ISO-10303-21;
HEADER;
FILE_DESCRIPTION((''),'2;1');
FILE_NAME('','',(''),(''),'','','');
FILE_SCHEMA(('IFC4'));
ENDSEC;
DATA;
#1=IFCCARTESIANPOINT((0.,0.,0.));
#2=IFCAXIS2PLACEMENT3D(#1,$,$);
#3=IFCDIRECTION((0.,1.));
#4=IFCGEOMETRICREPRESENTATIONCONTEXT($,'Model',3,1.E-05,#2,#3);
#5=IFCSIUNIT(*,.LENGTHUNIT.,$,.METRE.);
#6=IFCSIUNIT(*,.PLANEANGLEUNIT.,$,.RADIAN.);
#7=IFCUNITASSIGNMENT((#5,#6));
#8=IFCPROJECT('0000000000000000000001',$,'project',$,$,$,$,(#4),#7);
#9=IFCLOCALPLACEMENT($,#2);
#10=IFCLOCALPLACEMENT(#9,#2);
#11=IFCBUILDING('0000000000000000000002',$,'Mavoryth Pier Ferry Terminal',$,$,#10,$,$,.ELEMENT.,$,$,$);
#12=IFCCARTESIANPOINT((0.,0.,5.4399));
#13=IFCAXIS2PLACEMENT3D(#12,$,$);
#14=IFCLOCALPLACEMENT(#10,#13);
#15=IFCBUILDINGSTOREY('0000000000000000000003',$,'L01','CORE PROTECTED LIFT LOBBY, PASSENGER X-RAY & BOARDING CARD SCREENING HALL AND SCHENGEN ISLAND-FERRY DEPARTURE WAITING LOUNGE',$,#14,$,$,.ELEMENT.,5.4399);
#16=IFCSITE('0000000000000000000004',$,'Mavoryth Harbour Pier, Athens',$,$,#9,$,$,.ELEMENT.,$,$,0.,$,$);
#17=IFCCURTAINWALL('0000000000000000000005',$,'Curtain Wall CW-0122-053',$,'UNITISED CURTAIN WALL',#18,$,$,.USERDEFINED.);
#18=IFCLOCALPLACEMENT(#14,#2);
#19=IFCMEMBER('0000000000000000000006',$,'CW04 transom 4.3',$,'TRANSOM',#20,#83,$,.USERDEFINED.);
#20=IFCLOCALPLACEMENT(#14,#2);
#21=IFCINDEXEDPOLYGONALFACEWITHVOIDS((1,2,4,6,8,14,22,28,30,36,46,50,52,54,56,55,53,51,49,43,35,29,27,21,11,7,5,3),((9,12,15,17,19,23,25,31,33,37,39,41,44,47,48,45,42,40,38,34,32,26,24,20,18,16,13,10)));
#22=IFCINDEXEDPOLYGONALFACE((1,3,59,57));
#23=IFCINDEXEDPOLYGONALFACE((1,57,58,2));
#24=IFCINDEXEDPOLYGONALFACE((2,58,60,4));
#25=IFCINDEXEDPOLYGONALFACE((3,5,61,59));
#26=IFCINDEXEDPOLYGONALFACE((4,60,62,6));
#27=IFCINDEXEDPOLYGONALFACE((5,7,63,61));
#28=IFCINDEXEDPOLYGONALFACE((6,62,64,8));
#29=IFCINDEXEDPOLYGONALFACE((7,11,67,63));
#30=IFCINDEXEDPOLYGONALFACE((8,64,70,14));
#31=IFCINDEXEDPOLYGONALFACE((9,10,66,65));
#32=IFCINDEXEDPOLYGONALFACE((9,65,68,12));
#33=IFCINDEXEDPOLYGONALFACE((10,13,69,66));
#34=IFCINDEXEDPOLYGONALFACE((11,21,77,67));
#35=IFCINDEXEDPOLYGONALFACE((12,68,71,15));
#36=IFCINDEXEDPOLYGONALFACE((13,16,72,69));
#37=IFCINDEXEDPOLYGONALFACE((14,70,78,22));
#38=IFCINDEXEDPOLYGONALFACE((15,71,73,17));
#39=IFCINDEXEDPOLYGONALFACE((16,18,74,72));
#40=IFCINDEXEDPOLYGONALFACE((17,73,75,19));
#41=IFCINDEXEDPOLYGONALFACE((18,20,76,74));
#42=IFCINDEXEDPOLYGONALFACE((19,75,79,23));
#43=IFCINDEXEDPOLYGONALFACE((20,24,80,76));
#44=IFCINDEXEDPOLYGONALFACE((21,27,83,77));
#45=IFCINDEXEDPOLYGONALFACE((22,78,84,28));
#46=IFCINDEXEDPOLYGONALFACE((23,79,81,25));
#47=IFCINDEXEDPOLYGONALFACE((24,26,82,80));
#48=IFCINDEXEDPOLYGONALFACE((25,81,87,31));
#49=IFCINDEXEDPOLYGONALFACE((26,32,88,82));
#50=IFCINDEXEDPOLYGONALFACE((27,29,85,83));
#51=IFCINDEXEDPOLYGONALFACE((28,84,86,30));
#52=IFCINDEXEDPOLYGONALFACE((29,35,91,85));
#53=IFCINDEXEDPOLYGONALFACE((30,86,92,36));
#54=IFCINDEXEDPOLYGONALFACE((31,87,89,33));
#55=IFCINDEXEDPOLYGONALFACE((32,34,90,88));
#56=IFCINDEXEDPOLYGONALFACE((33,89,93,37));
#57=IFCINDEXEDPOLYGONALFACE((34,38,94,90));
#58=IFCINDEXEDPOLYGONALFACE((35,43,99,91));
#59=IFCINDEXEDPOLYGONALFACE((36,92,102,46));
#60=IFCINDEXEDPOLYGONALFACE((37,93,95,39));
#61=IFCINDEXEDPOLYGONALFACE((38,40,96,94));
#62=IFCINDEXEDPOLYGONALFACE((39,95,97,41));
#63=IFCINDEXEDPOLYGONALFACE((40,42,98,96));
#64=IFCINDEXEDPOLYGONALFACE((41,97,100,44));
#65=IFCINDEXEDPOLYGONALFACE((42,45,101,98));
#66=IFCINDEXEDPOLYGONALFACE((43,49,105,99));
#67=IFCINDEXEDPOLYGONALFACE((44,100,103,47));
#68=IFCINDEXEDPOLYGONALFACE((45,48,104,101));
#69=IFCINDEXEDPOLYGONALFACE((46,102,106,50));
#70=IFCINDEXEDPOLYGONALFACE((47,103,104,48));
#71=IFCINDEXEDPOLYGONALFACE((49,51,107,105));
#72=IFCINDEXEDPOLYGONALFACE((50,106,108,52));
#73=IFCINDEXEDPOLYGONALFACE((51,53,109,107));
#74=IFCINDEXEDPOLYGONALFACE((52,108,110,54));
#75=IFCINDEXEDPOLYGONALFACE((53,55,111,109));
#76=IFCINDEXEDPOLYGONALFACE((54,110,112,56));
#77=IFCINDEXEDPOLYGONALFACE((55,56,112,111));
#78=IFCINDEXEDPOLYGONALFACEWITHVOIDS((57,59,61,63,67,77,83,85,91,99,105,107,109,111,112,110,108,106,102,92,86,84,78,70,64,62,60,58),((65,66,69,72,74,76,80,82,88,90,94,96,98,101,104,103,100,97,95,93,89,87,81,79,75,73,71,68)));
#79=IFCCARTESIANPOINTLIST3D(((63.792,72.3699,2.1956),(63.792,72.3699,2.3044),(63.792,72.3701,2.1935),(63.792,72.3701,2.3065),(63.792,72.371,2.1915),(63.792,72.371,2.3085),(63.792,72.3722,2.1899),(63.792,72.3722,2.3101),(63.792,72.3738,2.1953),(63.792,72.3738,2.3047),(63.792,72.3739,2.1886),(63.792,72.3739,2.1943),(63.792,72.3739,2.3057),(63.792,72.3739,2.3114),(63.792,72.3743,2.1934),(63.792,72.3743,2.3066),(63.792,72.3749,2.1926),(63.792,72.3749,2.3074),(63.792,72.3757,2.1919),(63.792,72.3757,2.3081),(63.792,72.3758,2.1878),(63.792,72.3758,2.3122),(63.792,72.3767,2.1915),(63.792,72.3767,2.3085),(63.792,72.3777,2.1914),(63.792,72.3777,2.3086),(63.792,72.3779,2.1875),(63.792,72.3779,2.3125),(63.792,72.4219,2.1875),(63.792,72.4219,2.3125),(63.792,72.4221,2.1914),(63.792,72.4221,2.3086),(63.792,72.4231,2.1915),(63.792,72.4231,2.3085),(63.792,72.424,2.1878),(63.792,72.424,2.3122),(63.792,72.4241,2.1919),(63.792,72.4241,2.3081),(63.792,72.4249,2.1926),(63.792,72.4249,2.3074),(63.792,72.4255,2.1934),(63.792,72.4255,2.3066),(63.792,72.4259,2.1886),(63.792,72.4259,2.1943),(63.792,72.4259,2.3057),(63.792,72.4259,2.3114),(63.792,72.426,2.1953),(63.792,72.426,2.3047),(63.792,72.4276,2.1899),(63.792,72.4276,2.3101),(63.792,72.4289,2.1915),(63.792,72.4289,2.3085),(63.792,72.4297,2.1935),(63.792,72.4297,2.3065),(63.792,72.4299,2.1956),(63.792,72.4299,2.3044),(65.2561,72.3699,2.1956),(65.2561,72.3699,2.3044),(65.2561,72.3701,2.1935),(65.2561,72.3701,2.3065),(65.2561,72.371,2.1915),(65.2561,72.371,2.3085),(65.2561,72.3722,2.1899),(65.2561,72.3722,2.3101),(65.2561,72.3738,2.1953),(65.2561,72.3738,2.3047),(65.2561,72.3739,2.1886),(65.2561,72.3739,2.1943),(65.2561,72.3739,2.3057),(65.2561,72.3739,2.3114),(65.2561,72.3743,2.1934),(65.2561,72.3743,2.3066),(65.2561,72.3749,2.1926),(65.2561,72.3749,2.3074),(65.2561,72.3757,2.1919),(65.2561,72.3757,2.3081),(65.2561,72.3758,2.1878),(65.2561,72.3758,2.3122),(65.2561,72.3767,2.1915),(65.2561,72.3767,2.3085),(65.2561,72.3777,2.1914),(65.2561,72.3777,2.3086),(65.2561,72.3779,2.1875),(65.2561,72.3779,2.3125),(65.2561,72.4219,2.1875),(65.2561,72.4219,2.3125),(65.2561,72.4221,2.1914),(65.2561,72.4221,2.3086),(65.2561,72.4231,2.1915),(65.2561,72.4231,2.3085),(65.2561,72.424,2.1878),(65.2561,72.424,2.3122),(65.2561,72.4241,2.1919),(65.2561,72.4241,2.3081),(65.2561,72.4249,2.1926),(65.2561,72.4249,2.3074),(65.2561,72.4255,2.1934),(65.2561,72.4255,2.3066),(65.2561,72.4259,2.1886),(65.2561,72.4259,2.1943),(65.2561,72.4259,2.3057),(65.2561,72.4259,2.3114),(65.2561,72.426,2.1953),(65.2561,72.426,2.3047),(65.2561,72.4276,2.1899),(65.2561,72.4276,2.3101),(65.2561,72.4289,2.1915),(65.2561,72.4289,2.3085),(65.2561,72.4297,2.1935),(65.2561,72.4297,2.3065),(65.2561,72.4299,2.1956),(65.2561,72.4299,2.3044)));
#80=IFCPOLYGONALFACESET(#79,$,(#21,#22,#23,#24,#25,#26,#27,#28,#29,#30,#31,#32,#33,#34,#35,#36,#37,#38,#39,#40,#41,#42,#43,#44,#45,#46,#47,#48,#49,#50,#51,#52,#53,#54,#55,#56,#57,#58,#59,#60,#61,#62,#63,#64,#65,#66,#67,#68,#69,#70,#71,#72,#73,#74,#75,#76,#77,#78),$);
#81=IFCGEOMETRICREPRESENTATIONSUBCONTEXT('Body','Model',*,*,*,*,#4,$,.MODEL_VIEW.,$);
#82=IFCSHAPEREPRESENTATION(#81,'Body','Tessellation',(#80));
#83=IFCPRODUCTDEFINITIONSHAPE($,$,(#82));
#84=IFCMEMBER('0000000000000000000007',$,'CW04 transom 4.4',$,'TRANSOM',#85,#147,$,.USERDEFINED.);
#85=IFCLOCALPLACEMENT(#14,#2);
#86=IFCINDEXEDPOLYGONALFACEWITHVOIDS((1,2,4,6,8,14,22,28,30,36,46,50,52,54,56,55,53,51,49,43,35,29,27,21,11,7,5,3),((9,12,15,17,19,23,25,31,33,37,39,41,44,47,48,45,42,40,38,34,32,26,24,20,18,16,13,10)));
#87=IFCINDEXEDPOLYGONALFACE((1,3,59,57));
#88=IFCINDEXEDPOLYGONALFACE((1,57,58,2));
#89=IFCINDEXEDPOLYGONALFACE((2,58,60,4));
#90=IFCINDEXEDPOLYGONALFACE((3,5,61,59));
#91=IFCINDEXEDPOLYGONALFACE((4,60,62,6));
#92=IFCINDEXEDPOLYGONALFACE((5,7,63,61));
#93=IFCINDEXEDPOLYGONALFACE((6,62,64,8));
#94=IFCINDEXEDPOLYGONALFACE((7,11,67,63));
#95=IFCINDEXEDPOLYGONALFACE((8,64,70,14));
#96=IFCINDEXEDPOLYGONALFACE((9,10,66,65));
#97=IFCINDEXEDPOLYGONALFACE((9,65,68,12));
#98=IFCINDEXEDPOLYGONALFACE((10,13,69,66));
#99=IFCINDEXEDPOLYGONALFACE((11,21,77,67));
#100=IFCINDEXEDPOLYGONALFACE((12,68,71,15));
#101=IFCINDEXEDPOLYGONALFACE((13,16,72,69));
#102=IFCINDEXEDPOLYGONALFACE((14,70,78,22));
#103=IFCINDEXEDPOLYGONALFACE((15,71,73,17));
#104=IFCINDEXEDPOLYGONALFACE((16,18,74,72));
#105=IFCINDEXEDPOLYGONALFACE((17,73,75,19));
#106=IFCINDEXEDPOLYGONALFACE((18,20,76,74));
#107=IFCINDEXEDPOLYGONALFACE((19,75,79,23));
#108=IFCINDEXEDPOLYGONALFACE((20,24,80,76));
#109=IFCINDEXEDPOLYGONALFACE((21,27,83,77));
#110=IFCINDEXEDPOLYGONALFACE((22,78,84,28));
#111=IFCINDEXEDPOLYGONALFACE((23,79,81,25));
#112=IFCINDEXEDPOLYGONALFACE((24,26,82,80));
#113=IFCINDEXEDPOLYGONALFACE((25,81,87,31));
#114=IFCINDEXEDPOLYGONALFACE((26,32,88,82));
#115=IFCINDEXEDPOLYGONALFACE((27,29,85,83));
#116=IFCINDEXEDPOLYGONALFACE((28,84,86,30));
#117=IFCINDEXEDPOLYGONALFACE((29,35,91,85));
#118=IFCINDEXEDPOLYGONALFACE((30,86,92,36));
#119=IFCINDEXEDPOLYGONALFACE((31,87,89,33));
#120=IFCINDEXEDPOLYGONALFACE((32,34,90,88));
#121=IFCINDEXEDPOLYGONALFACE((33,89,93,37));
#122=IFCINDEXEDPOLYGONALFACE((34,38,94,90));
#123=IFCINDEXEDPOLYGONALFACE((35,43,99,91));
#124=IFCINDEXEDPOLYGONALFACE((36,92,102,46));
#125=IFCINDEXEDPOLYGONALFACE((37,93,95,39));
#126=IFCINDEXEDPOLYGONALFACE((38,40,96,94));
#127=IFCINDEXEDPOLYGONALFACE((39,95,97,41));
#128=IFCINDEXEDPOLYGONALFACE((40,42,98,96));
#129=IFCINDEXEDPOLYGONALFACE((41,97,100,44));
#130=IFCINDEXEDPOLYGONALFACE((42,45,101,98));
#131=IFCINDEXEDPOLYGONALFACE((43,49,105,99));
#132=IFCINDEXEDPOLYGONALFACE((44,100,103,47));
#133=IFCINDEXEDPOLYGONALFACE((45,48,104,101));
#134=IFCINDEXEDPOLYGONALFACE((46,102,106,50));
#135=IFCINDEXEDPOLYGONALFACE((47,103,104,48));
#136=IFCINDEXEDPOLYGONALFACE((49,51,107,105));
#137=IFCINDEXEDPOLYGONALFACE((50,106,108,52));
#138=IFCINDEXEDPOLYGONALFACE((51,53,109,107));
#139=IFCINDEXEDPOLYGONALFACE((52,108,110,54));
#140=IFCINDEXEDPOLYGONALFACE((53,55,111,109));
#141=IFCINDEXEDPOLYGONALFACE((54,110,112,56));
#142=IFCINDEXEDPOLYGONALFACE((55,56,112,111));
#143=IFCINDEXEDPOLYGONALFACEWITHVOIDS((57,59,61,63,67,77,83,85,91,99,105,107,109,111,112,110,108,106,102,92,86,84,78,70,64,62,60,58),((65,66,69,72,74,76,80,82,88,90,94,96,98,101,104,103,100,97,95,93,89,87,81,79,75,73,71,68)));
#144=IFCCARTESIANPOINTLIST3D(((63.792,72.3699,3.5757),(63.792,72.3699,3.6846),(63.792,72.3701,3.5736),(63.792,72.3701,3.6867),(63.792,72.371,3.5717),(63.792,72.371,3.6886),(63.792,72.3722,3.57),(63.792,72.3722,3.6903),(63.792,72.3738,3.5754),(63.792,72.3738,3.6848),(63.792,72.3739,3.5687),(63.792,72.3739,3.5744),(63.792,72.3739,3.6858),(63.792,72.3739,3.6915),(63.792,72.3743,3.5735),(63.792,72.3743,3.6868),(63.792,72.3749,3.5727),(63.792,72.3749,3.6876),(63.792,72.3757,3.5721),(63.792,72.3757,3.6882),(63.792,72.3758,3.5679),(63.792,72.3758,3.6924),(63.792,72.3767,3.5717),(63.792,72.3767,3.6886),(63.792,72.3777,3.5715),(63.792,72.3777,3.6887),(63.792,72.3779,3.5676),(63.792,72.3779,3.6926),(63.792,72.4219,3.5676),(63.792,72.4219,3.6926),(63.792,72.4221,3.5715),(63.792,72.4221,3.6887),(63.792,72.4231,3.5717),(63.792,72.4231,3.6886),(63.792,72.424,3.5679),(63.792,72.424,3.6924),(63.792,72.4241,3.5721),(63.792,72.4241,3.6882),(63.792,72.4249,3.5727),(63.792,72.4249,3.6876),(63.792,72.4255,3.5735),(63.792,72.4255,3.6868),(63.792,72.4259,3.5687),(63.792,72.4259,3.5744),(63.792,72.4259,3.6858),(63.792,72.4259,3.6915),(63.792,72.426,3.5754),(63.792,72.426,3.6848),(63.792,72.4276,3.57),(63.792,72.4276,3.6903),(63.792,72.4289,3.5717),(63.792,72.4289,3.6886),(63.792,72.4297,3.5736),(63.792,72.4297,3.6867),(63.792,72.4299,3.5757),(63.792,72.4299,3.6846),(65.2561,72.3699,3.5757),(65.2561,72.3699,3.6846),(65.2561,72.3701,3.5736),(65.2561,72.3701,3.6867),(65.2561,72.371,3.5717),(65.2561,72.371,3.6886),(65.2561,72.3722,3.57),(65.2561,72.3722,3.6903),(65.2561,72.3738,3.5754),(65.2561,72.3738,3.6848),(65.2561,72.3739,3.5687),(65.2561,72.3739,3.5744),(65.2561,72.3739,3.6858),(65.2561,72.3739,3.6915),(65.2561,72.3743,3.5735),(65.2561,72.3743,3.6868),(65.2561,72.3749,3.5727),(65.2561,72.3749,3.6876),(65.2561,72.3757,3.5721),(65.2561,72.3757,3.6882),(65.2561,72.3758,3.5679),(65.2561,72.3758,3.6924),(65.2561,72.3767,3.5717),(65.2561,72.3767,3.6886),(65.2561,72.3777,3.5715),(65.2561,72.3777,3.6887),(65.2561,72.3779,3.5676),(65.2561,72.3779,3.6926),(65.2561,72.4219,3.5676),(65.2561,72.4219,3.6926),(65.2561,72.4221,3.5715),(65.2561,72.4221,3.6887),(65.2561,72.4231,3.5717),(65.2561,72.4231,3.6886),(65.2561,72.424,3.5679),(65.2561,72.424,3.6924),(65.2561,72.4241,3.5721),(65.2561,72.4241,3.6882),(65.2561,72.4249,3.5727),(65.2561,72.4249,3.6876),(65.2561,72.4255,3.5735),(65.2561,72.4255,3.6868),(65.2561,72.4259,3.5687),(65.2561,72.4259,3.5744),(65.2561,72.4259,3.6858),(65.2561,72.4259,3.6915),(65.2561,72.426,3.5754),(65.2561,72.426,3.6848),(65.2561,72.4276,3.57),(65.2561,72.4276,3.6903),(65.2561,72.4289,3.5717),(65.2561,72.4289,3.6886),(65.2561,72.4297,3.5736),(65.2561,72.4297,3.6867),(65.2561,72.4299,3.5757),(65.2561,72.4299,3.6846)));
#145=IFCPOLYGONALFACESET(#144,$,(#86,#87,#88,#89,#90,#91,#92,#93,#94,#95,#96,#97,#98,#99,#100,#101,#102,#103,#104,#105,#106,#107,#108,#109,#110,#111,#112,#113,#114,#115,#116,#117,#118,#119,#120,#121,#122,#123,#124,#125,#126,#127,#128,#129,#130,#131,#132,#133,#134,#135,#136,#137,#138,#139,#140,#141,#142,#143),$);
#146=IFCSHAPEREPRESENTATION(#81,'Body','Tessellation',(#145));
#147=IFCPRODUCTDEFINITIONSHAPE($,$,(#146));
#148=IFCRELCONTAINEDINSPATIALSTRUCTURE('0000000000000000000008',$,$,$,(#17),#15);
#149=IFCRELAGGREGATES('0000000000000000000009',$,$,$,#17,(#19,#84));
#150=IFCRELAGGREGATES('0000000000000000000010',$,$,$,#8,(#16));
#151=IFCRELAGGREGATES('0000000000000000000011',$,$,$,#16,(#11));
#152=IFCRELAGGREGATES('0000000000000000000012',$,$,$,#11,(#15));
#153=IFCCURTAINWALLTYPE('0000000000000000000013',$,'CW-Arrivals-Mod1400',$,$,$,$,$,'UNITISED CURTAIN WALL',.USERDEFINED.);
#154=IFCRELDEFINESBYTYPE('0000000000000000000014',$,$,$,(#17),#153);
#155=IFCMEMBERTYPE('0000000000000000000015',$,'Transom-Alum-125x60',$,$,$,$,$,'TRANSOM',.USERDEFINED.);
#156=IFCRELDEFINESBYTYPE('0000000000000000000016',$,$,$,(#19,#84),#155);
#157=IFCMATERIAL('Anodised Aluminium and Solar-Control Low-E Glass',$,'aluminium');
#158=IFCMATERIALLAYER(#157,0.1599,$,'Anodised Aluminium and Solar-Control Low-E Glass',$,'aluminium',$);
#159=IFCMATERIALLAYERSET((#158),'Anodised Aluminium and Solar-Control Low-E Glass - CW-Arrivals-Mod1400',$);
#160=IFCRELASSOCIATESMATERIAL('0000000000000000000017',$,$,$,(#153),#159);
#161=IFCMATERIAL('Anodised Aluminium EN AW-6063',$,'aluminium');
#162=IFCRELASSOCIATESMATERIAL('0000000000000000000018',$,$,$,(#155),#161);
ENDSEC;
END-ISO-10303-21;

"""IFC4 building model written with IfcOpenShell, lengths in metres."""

from ifc_helpers import new_model, si_unit, direction, frame, origin, origin_2d, place, context, subcontext, project, spatial, hollow_rectangle, extrude, material, layer, layer_set, material_profile, profile_set, type_object, element, aggregate, save


model = new_model("IFC4")

# Units and contexts
model_context = context("Model", 3, precision=1e-05, world=origin(), true_north=direction((0.0, 1.0)))
body_context = subcontext(model_context, "Body", "Model", "MODEL_VIEW")
ifc_project = project(units=[si_unit("LENGTHUNIT", "METRE"), si_unit("PLANEANGLEUNIT", "RADIAN")], contexts=[model_context])

# Site, building, storey
site_placement = place(None, origin())
site = spatial("IfcSite", under=ifc_project, at=site_placement, Name="Mavoryth Harbour Pier, Athens", CompositionType="ELEMENT", RefElevation=0.0)
building_placement = place(site_placement, origin())
building = spatial("IfcBuilding", under=site, at=building_placement, Name="Mavoryth Pier Ferry Terminal", CompositionType="ELEMENT")
storey_placement = place(building_placement, frame((0.0, 0.0, 5.4399)))
storey = spatial("IfcBuildingStorey", under=building, at=storey_placement, Name="L01", Description="CORE PROTECTED LIFT LOBBY, PASSENGER X-RAY & BOARDING CARD SCREENING HALL AND SCHENGEN ISLAND-FERRY DEPARTURE WAITING LOUNGE", CompositionType="ELEMENT", Elevation=5.4399)

# Curtain wall
ifc_material_1 = material(Name="Anodised Aluminium and Solar-Control Low-E Glass", Category="aluminium")
ifc_layer_1 = layer(ifc_material_1, 0.1599, Name="Anodised Aluminium and Solar-Control Low-E Glass", Category="aluminium")
ifc_layer_set_1 = layer_set([ifc_layer_1], Name="Anodised Aluminium and Solar-Control Low-E Glass - CW-Arrivals-Mod1400")
curtain_wall_type_1 = type_object("IfcCurtainWallType", Name="CW-Arrivals-Mod1400", ElementType="UNITISED CURTAIN WALL", PredefinedType="USERDEFINED", material=ifc_layer_set_1)
curtain_wall_1_placement = place(storey_placement, origin())
curtain_wall_1 = element("IfcCurtainWall", 1, at=curtain_wall_1_placement, inside=storey, type_object=curtain_wall_type_1, Name="Curtain Wall CW-0122-053", ObjectType="UNITISED CURTAIN WALL", PredefinedType="USERDEFINED")
ifc_material_2 = material(Name="Anodised Aluminium EN AW-6063", Category="aluminium")

# Members
ifc_material_profile_1 = material_profile(ifc_material_2, hollow_rectangle(XDim=0.0601, YDim=0.125, WallThickness=0.0039, InnerFilletRadius=0.0039, OuterFilletRadius=0.0081, at=origin_2d()), Name="AL-TRAN 125x60x4", Category="aluminium")
ifc_profile_set_1 = profile_set([ifc_material_profile_1], Name="Anodised Aluminium EN AW-6063 - AL-TRAN 125x60x4")
member_type_1 = type_object("IfcMemberType", Name="Transom-Alum-125x60", ElementType="TRANSOM", PredefinedType="USERDEFINED", material=ifc_profile_set_1)
member_1_placement = place(storey_placement, frame((63.792, 72.3999, 2.25), z_axis=(1.0, 0.0, 0.0), x_axis=(0.0, 1.0, 0.0)))
member_1 = element("IfcMember", 2, at=member_1_placement, type_object=member_type_1, Name="CW04 transom 4.3", ObjectType="TRANSOM", PredefinedType="USERDEFINED", context=body_context, shape_type="SweptSolid", body=[
    extrude(hollow_rectangle(XDim=0.0601, YDim=0.125, WallThickness=0.0039, InnerFilletRadius=0.0039, OuterFilletRadius=0.0081, at=origin_2d()), origin(), (0.0, 0.0, 1.0), 1.4641),
])
member_2_placement = place(storey_placement, frame((63.792, 72.3999, 3.6301), z_axis=(1.0, 0.0, 0.0), x_axis=(0.0, 1.0, 0.0)))
member_2 = element("IfcMember", 3, at=member_2_placement, type_object=member_type_1, Name="CW04 transom 4.4", ObjectType="TRANSOM", PredefinedType="USERDEFINED", context=body_context, shape_type="SweptSolid", body=[
    extrude(hollow_rectangle(XDim=0.0601, YDim=0.125, WallThickness=0.0039, InnerFilletRadius=0.0039, OuterFilletRadius=0.0081, at=origin_2d()), origin(), (0.0, 0.0, 1.0), 1.4641),
])

aggregate(curtain_wall_1, [member_1, member_2])

save(model, "model.ifc")
